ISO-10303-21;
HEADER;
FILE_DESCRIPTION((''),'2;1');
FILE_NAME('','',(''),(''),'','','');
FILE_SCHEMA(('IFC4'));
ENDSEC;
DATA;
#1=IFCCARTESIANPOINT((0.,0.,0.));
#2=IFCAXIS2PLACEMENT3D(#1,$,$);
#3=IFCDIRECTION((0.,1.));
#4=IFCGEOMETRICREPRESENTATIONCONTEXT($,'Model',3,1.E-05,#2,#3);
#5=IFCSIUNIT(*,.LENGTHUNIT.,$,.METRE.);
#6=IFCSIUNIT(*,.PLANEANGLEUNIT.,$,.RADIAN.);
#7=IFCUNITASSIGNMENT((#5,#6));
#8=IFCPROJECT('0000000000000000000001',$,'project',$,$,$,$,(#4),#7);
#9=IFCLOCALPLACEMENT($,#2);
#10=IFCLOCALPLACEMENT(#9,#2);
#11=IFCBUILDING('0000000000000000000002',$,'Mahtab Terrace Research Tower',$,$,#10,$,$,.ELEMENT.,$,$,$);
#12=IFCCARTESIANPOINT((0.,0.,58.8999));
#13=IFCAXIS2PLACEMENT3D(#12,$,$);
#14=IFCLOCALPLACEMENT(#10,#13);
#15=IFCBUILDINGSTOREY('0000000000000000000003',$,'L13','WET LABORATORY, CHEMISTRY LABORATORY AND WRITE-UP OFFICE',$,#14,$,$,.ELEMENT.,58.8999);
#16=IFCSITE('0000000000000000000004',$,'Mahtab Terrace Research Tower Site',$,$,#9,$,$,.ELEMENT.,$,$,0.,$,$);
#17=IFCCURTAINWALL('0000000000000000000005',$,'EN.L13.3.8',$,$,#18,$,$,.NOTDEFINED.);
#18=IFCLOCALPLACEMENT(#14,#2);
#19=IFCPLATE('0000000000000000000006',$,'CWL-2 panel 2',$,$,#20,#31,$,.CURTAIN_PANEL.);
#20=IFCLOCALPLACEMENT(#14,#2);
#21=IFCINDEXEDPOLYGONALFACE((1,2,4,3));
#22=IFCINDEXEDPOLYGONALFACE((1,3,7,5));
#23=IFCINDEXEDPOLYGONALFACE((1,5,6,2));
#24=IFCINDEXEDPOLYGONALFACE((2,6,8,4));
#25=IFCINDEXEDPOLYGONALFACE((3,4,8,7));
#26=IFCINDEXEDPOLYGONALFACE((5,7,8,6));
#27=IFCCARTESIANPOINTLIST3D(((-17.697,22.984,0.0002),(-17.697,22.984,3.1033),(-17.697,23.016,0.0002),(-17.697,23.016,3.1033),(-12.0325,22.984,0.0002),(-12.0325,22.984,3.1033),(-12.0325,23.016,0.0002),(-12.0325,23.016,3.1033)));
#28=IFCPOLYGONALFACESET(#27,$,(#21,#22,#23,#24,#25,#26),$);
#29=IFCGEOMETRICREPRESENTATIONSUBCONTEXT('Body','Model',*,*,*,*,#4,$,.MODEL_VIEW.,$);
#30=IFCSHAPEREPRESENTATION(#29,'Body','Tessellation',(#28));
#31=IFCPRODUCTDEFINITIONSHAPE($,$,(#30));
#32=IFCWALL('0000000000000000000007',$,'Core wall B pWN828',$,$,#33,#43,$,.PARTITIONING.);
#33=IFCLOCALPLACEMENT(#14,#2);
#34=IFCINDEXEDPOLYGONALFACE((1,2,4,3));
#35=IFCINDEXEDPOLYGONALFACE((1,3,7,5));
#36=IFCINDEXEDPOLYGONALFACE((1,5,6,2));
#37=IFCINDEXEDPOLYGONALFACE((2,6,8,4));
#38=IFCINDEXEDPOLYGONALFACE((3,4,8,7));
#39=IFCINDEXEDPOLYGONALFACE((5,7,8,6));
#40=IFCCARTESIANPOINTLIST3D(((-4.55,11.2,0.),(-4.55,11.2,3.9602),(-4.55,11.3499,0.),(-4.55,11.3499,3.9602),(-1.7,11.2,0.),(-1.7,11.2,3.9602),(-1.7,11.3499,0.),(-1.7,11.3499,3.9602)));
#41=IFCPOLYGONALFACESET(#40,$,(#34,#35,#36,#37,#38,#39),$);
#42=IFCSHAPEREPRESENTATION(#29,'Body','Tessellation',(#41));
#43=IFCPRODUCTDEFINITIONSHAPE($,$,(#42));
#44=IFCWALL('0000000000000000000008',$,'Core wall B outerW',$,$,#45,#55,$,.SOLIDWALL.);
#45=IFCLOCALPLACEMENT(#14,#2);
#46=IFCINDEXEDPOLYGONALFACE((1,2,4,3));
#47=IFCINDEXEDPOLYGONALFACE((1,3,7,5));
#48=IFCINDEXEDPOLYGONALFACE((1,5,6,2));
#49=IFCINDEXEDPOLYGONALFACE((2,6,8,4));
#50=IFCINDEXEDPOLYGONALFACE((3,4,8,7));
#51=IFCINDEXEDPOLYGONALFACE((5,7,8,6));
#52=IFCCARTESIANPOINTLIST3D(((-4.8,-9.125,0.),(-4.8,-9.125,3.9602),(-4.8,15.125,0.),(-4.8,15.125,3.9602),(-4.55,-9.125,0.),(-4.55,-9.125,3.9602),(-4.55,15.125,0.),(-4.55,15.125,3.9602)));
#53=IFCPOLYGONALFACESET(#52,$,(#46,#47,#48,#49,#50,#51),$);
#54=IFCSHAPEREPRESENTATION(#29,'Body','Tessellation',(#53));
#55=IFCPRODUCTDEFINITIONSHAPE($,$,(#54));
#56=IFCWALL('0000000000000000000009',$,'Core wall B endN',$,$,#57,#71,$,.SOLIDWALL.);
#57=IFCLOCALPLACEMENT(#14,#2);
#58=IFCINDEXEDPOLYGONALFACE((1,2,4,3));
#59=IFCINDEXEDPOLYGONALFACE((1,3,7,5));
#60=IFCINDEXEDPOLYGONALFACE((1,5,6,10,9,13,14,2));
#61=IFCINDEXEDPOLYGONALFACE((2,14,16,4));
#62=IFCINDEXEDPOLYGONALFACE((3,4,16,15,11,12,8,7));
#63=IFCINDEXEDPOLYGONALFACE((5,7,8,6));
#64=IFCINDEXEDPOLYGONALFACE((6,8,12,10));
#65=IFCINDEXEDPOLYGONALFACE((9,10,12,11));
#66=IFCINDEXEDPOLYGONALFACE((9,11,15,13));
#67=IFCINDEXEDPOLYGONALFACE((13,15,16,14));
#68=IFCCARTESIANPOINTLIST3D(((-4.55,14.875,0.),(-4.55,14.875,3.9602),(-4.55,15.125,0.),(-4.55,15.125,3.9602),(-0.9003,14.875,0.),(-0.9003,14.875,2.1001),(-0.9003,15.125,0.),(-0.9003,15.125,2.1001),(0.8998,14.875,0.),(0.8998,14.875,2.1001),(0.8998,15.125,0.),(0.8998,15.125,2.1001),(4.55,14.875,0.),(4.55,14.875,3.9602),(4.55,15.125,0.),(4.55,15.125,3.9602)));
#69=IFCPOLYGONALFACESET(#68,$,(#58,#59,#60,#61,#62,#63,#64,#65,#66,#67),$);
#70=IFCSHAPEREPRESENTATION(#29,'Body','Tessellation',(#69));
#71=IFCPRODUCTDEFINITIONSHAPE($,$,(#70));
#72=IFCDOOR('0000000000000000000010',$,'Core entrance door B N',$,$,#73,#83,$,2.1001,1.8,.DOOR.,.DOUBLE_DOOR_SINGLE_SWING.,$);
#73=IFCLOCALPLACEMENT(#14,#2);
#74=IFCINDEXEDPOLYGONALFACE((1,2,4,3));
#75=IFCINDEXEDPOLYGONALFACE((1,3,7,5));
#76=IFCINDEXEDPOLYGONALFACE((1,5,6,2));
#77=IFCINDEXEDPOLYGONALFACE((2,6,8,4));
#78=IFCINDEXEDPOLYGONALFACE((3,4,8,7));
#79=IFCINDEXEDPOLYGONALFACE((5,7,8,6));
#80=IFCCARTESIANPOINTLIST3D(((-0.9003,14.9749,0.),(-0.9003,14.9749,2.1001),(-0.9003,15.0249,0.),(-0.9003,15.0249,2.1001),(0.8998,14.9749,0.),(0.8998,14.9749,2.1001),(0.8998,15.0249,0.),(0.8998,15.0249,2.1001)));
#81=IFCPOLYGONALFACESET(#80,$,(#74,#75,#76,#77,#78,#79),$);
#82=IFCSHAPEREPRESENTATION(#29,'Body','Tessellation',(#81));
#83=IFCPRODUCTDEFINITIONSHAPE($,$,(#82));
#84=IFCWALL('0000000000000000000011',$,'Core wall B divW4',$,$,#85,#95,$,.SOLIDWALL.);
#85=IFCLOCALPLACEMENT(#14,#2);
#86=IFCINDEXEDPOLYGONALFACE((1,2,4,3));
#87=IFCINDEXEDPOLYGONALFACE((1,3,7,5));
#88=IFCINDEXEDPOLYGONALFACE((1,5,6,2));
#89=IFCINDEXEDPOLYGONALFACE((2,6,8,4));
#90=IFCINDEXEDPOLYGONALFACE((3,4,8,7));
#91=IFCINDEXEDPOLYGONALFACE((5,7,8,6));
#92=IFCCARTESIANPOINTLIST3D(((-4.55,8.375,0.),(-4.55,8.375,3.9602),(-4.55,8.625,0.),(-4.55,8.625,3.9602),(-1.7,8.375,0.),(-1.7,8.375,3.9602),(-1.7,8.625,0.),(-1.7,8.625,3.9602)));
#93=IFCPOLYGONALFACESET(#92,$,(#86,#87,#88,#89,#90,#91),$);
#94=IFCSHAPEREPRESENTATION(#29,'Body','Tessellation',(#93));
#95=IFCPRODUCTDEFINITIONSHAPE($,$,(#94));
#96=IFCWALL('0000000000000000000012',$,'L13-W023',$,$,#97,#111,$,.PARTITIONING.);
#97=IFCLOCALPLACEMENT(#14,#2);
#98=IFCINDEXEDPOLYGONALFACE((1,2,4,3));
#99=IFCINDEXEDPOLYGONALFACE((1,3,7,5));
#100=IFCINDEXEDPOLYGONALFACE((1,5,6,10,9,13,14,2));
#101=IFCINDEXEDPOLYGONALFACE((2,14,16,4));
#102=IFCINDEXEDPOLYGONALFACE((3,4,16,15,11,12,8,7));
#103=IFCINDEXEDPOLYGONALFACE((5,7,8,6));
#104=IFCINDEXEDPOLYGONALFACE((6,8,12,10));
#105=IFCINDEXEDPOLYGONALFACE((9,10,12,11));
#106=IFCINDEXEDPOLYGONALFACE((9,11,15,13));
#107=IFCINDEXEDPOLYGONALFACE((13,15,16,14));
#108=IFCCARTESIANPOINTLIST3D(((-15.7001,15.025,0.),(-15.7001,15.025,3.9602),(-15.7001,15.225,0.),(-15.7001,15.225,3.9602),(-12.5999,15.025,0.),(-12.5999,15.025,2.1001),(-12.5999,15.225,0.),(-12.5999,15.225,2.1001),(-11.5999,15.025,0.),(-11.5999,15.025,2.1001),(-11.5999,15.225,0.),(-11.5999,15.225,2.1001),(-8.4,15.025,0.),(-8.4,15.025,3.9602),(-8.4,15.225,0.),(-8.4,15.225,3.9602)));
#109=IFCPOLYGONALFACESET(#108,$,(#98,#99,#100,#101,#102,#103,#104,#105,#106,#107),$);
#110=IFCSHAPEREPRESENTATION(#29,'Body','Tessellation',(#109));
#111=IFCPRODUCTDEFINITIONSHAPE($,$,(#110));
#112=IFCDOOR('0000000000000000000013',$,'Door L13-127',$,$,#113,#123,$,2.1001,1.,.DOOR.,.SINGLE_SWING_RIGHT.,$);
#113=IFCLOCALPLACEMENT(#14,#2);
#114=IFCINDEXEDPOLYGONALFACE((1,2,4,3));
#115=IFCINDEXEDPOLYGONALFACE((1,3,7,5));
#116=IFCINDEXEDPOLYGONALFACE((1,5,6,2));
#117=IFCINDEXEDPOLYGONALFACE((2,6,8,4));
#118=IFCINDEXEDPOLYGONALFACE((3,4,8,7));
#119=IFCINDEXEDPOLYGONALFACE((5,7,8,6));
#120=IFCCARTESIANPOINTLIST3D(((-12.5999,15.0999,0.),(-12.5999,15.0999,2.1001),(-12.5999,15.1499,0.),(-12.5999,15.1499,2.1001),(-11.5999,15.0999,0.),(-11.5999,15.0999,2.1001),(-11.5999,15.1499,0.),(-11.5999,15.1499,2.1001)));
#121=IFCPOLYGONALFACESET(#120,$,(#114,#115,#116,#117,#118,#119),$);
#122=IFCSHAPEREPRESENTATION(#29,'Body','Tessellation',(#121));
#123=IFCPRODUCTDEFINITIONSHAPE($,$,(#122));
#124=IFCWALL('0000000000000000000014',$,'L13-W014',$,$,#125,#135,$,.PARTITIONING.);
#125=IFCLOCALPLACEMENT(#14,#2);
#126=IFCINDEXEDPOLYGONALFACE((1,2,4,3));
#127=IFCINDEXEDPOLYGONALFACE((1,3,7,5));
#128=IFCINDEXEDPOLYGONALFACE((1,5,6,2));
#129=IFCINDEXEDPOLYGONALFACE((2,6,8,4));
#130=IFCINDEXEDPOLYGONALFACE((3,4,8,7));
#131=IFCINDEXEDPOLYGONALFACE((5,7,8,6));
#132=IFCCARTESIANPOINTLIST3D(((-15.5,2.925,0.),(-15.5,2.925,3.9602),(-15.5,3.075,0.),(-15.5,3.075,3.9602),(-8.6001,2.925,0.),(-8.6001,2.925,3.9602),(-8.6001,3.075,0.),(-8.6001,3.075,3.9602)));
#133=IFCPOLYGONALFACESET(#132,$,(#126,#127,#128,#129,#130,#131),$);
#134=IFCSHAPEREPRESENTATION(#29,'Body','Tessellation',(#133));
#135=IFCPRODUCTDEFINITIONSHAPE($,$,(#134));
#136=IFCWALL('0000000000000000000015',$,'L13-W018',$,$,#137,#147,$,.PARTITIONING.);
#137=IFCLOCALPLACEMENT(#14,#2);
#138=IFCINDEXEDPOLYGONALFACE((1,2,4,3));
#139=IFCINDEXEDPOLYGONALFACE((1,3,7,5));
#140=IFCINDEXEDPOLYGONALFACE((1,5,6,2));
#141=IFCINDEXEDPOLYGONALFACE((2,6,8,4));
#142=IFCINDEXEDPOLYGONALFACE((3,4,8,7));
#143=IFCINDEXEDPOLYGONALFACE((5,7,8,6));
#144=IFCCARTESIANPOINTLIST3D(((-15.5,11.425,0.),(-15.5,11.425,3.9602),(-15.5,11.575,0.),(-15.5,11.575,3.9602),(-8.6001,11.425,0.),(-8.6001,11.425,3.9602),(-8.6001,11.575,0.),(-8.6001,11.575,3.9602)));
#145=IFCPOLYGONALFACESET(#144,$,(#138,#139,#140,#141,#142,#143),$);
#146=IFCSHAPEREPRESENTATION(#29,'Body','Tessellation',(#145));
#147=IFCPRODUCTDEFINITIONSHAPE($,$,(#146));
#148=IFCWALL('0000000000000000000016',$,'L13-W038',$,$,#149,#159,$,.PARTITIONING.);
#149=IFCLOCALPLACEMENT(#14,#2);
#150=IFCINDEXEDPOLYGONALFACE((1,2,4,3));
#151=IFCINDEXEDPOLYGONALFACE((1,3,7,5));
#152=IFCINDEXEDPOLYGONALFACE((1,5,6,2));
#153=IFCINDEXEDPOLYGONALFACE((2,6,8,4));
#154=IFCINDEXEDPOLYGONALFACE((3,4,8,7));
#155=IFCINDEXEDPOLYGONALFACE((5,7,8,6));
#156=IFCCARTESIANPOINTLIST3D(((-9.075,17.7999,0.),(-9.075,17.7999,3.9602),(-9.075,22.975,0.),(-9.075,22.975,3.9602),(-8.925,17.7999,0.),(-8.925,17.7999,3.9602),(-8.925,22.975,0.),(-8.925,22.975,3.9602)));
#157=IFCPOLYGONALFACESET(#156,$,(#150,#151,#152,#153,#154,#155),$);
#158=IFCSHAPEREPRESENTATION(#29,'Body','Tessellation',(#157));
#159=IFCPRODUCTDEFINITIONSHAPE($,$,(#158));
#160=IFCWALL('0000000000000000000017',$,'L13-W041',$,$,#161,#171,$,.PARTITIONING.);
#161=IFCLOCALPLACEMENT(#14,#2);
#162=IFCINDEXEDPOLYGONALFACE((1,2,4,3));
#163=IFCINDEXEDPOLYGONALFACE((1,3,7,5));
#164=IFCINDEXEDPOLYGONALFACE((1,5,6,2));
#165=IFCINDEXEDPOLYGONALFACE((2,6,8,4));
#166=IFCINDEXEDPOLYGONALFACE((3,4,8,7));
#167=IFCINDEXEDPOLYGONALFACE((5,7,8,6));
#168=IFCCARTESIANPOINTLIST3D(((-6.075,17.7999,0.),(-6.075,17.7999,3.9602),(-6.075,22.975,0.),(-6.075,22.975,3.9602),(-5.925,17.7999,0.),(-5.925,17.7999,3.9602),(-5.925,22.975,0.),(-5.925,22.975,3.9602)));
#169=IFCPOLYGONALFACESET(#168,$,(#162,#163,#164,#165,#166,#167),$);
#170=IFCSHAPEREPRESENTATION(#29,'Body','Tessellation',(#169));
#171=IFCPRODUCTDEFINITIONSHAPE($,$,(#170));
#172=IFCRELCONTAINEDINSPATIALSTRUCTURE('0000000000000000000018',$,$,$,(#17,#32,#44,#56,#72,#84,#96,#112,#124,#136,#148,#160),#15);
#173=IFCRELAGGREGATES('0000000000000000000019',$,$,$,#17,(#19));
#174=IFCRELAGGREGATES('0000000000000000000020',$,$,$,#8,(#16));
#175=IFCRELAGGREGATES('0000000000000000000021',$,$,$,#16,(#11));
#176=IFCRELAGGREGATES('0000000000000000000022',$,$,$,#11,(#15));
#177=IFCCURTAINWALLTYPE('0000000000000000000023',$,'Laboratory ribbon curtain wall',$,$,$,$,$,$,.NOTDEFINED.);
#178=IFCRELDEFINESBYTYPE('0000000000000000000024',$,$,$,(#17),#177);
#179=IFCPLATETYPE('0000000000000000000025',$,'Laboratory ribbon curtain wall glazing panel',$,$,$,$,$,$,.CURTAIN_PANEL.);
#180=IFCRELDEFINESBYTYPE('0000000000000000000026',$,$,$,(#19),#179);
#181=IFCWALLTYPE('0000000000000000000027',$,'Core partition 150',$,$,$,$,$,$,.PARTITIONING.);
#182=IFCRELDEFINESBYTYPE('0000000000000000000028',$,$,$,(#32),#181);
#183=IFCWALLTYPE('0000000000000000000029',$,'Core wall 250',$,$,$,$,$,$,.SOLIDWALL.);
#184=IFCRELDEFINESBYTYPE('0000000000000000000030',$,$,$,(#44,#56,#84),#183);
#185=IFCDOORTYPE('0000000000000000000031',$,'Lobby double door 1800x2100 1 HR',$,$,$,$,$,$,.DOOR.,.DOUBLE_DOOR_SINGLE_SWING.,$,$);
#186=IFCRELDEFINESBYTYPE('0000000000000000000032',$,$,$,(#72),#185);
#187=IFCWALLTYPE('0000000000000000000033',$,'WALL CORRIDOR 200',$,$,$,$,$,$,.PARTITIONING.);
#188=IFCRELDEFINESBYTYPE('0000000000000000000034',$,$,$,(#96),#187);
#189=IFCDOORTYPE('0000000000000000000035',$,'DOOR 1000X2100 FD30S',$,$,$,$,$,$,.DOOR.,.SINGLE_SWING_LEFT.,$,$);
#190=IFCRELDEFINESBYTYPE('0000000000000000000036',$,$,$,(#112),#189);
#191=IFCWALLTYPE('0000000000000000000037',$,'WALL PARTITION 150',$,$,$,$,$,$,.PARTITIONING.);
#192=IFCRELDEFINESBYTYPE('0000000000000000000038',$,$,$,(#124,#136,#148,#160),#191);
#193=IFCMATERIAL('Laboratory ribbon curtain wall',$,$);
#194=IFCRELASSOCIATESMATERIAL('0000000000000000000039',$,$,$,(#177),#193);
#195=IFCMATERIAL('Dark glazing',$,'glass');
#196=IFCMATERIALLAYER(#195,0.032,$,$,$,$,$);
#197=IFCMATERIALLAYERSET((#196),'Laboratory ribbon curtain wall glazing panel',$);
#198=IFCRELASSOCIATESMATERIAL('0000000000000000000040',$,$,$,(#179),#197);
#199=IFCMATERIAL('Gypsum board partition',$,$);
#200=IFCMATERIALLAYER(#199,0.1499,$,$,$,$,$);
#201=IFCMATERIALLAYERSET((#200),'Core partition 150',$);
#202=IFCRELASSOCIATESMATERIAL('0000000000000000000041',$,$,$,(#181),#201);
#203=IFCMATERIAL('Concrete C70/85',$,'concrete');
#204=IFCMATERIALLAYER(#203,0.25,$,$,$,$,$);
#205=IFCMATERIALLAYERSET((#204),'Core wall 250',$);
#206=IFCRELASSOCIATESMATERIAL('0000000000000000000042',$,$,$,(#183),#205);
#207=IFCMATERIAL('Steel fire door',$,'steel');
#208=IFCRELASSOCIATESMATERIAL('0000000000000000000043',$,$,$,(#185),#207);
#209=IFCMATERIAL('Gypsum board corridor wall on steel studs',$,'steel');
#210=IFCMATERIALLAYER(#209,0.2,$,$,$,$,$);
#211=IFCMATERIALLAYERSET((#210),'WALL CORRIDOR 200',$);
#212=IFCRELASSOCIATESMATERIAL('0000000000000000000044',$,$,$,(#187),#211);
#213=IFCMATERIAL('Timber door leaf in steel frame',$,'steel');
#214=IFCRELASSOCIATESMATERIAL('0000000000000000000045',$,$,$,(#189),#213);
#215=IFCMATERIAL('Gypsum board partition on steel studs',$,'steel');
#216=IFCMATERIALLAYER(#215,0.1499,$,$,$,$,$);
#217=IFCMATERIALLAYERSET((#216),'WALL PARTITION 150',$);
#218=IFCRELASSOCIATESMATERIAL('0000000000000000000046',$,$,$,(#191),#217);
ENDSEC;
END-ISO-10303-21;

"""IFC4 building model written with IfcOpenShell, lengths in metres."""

from ifc_helpers import new_model, si_unit, direction, frame, frame_2d, origin, origin_2d, place, context, subcontext, project, spatial, rectangle, extrude, material, layer, layer_set, type_object, element, fill, aggregate, save


model = new_model("IFC4")

# Units and contexts
model_context = context("Model", 3, precision=1e-05, world=origin(), true_north=direction((0.0, 1.0)))
body_context = subcontext(model_context, "Body", "Model", "MODEL_VIEW")
ifc_project = project(units=[si_unit("LENGTHUNIT", "METRE"), si_unit("PLANEANGLEUNIT", "RADIAN")], contexts=[model_context])

# Site, building, storey
site_placement = place(None, origin())
site = spatial("IfcSite", under=ifc_project, at=site_placement, Name="Mahtab Terrace Research Tower Site", CompositionType="ELEMENT", RefElevation=0.0)
building_placement = place(site_placement, origin())
building = spatial("IfcBuilding", under=site, at=building_placement, Name="Mahtab Terrace Research Tower", CompositionType="ELEMENT")
storey_placement = place(building_placement, frame((0.0, 0.0, 58.8999)))
storey = spatial("IfcBuildingStorey", under=building, at=storey_placement, Name="L13", Description="WET LABORATORY, CHEMISTRY LABORATORY AND WRITE-UP OFFICE", CompositionType="ELEMENT", Elevation=58.8999)

# Shared definitions
ifc_material_1 = material(Name="Concrete C70/85", Category="concrete")

# Curtain wall
ifc_material_2 = material(Name="Laboratory ribbon curtain wall")
curtain_wall_type = type_object("IfcCurtainWallType", Name="Laboratory ribbon curtain wall", PredefinedType="NOTDEFINED", material=ifc_material_2)
curtain_wall_placement = place(storey_placement, origin())
curtain_wall = element("IfcCurtainWall", 1, at=curtain_wall_placement, inside=storey, type_object=curtain_wall_type, Name="EN.L13.3.8", PredefinedType="NOTDEFINED")

# Plate
ifc_material_3 = material(Name="Dark glazing", Category="glass")
ifc_layer_1 = layer(ifc_material_3, 0.032)
ifc_layer_set_1 = layer_set([ifc_layer_1], Name="Laboratory ribbon curtain wall glazing panel")
plate_type = type_object("IfcPlateType", Name="Laboratory ribbon curtain wall glazing panel", PredefinedType="CURTAIN_PANEL", material=ifc_layer_set_1)
plate_1_placement = place(storey_placement, frame((-14.8647, 23.0, 0.0002), z_axis=(0.0, 0.0, 1.0), x_axis=(-1.0, 0.0, 0.0)))
plate_1 = element("IfcPlate", 2, at=plate_1_placement, type_object=plate_type, Name="CWL-2 panel 2", PredefinedType="CURTAIN_PANEL", context=body_context, shape_type="SweptSolid", body=[
    extrude(rectangle(XDim=5.6646, YDim=0.032, at=origin_2d()), origin(), (0.0, 0.0, 1.0), 3.103),
])
aggregate(curtain_wall, [plate_1])

# Walls
ifc_material_4 = material(Name="Gypsum board partition")
ifc_layer_2 = layer(ifc_material_4, 0.1499)
ifc_layer_set_2 = layer_set([ifc_layer_2], Name="Core partition 150")
wall_type_1 = type_object("IfcWallType", Name="Core partition 150", PredefinedType="PARTITIONING", material=ifc_layer_set_2)
wall_1_placement = place(storey_placement, frame((-4.55, 11.2749, 0.0), z_axis=(0.0, 0.0, 1.0), x_axis=(1.0, 0.0, 0.0)))
element("IfcWall", 3, at=wall_1_placement, inside=storey, type_object=wall_type_1, Name="Core wall B pWN828", PredefinedType="PARTITIONING", context=body_context, shape_type="SweptSolid", body=[
    extrude(rectangle(XDim=2.8501, YDim=0.1499, at=frame_2d((1.425, 0.0))), origin(), (0.0, 0.0, 1.0), 3.9602),
])
ifc_layer_3 = layer(ifc_material_1, 0.25)
ifc_layer_set_3 = layer_set([ifc_layer_3], Name="Core wall 250")
wall_type_2 = type_object("IfcWallType", Name="Core wall 250", PredefinedType="SOLIDWALL", material=ifc_layer_set_3)
wall_2_placement = place(storey_placement, frame((-4.675, 15.125, 0.0), z_axis=(0.0, 0.0, 1.0), x_axis=(0.0, -1.0, 0.0)))
element("IfcWall", 4, at=wall_2_placement, inside=storey, type_object=wall_type_2, Name="Core wall B outerW", PredefinedType="SOLIDWALL", context=body_context, shape_type="SweptSolid", body=[
    extrude(rectangle(XDim=24.25, YDim=0.25, at=frame_2d((12.125, 0.0))), origin(), (0.0, 0.0, 1.0), 3.9602),
])

# Wall, opening, door
wall_3_placement = place(storey_placement, frame((-4.55, 15.0, 0.0), z_axis=(0.0, 0.0, 1.0), x_axis=(1.0, 0.0, 0.0)))
wall_3 = element("IfcWall", 5, at=wall_3_placement, inside=storey, type_object=wall_type_2, Name="Core wall B endN", PredefinedType="SOLIDWALL", context=body_context, shape_type="SweptSolid", body=[
    extrude(rectangle(XDim=9.1001, YDim=0.25, at=frame_2d((4.55, 0.0))), origin(), (0.0, 0.0, 1.0), 3.9602),
])
opening_1_placement = place(wall_3_placement, frame((3.6499, 0.0, 0.0)))
opening_1 = element("IfcOpeningElement", 6, at=opening_1_placement, cuts=wall_3, PredefinedType="OPENING", context=body_context, shape_type="SweptSolid", body=[
    extrude(rectangle(XDim=1.8, YDim=2.1001, at=frame_2d((0.8999, 1.05))), frame((0.0, 0.135, 0.0), z_axis=(0.0, -1.0, 0.0), x_axis=(1.0, 0.0, 0.0)), (0.0, 0.0, 1.0), 0.27),
])
ifc_material_5 = material(Name="Steel fire door", Category="steel")
door_type_1 = type_object("IfcDoorType", Name="Lobby double door 1800x2100 1 HR", OperationType="DOUBLE_DOOR_SINGLE_SWING", PredefinedType="DOOR", material=ifc_material_5)
door_1_placement = place(opening_1_placement, origin())
door_1 = element("IfcDoor", 7, at=door_1_placement, inside=storey, type_object=door_type_1, Name="Core entrance door B N", OperationType="DOUBLE_DOOR_SINGLE_SWING", OverallHeight=2.1001, OverallWidth=1.8, PredefinedType="DOOR", context=body_context, shape_type="SweptSolid", body=[
    extrude(rectangle(XDim=1.8, YDim=2.1001, at=frame_2d((0.8999, 1.05))), frame((0.0, 0.0249, 0.0), z_axis=(0.0, -1.0, 0.0), x_axis=(1.0, 0.0, 0.0)), (0.0, 0.0, 1.0), 0.05),
])
fill(opening_1, door_1)

# Wall
wall_4_placement = place(storey_placement, frame((-4.55, 8.5, 0.0), z_axis=(0.0, 0.0, 1.0), x_axis=(1.0, 0.0, 0.0)))
element("IfcWall", 8, at=wall_4_placement, inside=storey, type_object=wall_type_2, Name="Core wall B divW4", PredefinedType="SOLIDWALL", context=body_context, shape_type="SweptSolid", body=[
    extrude(rectangle(XDim=2.8501, YDim=0.25, at=frame_2d((1.425, 0.0))), origin(), (0.0, 0.0, 1.0), 3.9602),
])

# Wall, opening, door
ifc_material_6 = material(Name="Gypsum board corridor wall on steel studs", Category="steel")
ifc_layer_4 = layer(ifc_material_6, 0.2)
ifc_layer_set_4 = layer_set([ifc_layer_4], Name="WALL CORRIDOR 200")
wall_type_3 = type_object("IfcWallType", Name="WALL CORRIDOR 200", PredefinedType="PARTITIONING", material=ifc_layer_set_4)
wall_5_placement = place(storey_placement, frame((-15.7, 15.125, 0.0), z_axis=(0.0, 0.0, 1.0), x_axis=(1.0, 0.0, 0.0)))
wall_5 = element("IfcWall", 9, at=wall_5_placement, inside=storey, type_object=wall_type_3, Name="L13-W023", PredefinedType="PARTITIONING", context=body_context, shape_type="SweptSolid", body=[
    extrude(rectangle(XDim=7.3, YDim=0.2, at=frame_2d((3.6499, 0.0))), origin(), (0.0, 0.0, 1.0), 3.9602),
])
opening_2_placement = place(wall_5_placement, frame((3.1001, 0.0, 0.0)))
opening_2 = element("IfcOpeningElement", 10, at=opening_2_placement, cuts=wall_5, PredefinedType="OPENING", context=body_context, shape_type="SweptSolid", body=[
    extrude(rectangle(XDim=1.0, YDim=2.1001, at=frame_2d((0.5, 1.05))), frame((0.0, 0.1099, 0.0), z_axis=(0.0, -1.0, 0.0), x_axis=(1.0, 0.0, 0.0)), (0.0, 0.0, 1.0), 0.22),
])
ifc_material_7 = material(Name="Timber door leaf in steel frame", Category="steel")
door_type_2 = type_object("IfcDoorType", Name="DOOR 1000X2100 FD30S", OperationType="SINGLE_SWING_LEFT", PredefinedType="DOOR", material=ifc_material_7)
door_2_placement = place(opening_2_placement, origin())
door_2 = element("IfcDoor", 11, at=door_2_placement, inside=storey, type_object=door_type_2, Name="Door L13-127", OperationType="SINGLE_SWING_RIGHT", OverallHeight=2.1001, OverallWidth=1.0, PredefinedType="DOOR", context=body_context, shape_type="SweptSolid", body=[
    extrude(rectangle(XDim=1.0, YDim=2.1001, at=frame_2d((0.5, 1.05))), frame((0.0, 0.0249, 0.0), z_axis=(0.0, -1.0, 0.0), x_axis=(1.0, 0.0, 0.0)), (0.0, 0.0, 1.0), 0.05),
])
fill(opening_2, door_2)

# Walls
ifc_material_8 = material(Name="Gypsum board partition on steel studs", Category="steel")
ifc_layer_5 = layer(ifc_material_8, 0.1499)
ifc_layer_set_5 = layer_set([ifc_layer_5], Name="WALL PARTITION 150")
wall_type_4 = type_object("IfcWallType", Name="WALL PARTITION 150", PredefinedType="PARTITIONING", material=ifc_layer_set_5)
for number, where, z_axis, x_axis, name in (
    (12, (-15.5, 3.0, 0.0), (0.0, 0.0, 1.0), (1.0, 0.0, 0.0), "L13-W014"),
    (13, (-15.5, 11.5, 0.0), (0.0, 0.0, 1.0), (1.0, 0.0, 0.0), "L13-W018"),
):
    element("IfcWall", number, at=place(storey_placement, frame(where, z_axis=z_axis, x_axis=x_axis)), inside=storey, type_object=wall_type_4, Name=name, PredefinedType="PARTITIONING", context=body_context, shape_type="SweptSolid", body=[
        extrude(rectangle(XDim=6.8999, YDim=0.1499, at=frame_2d((3.45, 0.0))), origin(), (0.0, 0.0, 1.0), 3.9602),
    ])
for number, where, z_axis, x_axis, name in (
    (14, (-9.0, 17.8, 0.0), (0.0, 0.0, 1.0), (0.0, 1.0, 0.0), "L13-W038"),
    (15, (-6.0, 17.8, 0.0), (0.0, 0.0, 1.0), (0.0, 1.0, 0.0), "L13-W041"),
):
    element("IfcWall", number, at=place(storey_placement, frame(where, z_axis=z_axis, x_axis=x_axis)), inside=storey, type_object=wall_type_4, Name=name, PredefinedType="PARTITIONING", context=body_context, shape_type="SweptSolid", body=[
        extrude(rectangle(XDim=5.175, YDim=0.1499, at=frame_2d((2.5874, 0.0))), origin(), (0.0, 0.0, 1.0), 3.9602),
    ])

save(model, "model.ifc")
